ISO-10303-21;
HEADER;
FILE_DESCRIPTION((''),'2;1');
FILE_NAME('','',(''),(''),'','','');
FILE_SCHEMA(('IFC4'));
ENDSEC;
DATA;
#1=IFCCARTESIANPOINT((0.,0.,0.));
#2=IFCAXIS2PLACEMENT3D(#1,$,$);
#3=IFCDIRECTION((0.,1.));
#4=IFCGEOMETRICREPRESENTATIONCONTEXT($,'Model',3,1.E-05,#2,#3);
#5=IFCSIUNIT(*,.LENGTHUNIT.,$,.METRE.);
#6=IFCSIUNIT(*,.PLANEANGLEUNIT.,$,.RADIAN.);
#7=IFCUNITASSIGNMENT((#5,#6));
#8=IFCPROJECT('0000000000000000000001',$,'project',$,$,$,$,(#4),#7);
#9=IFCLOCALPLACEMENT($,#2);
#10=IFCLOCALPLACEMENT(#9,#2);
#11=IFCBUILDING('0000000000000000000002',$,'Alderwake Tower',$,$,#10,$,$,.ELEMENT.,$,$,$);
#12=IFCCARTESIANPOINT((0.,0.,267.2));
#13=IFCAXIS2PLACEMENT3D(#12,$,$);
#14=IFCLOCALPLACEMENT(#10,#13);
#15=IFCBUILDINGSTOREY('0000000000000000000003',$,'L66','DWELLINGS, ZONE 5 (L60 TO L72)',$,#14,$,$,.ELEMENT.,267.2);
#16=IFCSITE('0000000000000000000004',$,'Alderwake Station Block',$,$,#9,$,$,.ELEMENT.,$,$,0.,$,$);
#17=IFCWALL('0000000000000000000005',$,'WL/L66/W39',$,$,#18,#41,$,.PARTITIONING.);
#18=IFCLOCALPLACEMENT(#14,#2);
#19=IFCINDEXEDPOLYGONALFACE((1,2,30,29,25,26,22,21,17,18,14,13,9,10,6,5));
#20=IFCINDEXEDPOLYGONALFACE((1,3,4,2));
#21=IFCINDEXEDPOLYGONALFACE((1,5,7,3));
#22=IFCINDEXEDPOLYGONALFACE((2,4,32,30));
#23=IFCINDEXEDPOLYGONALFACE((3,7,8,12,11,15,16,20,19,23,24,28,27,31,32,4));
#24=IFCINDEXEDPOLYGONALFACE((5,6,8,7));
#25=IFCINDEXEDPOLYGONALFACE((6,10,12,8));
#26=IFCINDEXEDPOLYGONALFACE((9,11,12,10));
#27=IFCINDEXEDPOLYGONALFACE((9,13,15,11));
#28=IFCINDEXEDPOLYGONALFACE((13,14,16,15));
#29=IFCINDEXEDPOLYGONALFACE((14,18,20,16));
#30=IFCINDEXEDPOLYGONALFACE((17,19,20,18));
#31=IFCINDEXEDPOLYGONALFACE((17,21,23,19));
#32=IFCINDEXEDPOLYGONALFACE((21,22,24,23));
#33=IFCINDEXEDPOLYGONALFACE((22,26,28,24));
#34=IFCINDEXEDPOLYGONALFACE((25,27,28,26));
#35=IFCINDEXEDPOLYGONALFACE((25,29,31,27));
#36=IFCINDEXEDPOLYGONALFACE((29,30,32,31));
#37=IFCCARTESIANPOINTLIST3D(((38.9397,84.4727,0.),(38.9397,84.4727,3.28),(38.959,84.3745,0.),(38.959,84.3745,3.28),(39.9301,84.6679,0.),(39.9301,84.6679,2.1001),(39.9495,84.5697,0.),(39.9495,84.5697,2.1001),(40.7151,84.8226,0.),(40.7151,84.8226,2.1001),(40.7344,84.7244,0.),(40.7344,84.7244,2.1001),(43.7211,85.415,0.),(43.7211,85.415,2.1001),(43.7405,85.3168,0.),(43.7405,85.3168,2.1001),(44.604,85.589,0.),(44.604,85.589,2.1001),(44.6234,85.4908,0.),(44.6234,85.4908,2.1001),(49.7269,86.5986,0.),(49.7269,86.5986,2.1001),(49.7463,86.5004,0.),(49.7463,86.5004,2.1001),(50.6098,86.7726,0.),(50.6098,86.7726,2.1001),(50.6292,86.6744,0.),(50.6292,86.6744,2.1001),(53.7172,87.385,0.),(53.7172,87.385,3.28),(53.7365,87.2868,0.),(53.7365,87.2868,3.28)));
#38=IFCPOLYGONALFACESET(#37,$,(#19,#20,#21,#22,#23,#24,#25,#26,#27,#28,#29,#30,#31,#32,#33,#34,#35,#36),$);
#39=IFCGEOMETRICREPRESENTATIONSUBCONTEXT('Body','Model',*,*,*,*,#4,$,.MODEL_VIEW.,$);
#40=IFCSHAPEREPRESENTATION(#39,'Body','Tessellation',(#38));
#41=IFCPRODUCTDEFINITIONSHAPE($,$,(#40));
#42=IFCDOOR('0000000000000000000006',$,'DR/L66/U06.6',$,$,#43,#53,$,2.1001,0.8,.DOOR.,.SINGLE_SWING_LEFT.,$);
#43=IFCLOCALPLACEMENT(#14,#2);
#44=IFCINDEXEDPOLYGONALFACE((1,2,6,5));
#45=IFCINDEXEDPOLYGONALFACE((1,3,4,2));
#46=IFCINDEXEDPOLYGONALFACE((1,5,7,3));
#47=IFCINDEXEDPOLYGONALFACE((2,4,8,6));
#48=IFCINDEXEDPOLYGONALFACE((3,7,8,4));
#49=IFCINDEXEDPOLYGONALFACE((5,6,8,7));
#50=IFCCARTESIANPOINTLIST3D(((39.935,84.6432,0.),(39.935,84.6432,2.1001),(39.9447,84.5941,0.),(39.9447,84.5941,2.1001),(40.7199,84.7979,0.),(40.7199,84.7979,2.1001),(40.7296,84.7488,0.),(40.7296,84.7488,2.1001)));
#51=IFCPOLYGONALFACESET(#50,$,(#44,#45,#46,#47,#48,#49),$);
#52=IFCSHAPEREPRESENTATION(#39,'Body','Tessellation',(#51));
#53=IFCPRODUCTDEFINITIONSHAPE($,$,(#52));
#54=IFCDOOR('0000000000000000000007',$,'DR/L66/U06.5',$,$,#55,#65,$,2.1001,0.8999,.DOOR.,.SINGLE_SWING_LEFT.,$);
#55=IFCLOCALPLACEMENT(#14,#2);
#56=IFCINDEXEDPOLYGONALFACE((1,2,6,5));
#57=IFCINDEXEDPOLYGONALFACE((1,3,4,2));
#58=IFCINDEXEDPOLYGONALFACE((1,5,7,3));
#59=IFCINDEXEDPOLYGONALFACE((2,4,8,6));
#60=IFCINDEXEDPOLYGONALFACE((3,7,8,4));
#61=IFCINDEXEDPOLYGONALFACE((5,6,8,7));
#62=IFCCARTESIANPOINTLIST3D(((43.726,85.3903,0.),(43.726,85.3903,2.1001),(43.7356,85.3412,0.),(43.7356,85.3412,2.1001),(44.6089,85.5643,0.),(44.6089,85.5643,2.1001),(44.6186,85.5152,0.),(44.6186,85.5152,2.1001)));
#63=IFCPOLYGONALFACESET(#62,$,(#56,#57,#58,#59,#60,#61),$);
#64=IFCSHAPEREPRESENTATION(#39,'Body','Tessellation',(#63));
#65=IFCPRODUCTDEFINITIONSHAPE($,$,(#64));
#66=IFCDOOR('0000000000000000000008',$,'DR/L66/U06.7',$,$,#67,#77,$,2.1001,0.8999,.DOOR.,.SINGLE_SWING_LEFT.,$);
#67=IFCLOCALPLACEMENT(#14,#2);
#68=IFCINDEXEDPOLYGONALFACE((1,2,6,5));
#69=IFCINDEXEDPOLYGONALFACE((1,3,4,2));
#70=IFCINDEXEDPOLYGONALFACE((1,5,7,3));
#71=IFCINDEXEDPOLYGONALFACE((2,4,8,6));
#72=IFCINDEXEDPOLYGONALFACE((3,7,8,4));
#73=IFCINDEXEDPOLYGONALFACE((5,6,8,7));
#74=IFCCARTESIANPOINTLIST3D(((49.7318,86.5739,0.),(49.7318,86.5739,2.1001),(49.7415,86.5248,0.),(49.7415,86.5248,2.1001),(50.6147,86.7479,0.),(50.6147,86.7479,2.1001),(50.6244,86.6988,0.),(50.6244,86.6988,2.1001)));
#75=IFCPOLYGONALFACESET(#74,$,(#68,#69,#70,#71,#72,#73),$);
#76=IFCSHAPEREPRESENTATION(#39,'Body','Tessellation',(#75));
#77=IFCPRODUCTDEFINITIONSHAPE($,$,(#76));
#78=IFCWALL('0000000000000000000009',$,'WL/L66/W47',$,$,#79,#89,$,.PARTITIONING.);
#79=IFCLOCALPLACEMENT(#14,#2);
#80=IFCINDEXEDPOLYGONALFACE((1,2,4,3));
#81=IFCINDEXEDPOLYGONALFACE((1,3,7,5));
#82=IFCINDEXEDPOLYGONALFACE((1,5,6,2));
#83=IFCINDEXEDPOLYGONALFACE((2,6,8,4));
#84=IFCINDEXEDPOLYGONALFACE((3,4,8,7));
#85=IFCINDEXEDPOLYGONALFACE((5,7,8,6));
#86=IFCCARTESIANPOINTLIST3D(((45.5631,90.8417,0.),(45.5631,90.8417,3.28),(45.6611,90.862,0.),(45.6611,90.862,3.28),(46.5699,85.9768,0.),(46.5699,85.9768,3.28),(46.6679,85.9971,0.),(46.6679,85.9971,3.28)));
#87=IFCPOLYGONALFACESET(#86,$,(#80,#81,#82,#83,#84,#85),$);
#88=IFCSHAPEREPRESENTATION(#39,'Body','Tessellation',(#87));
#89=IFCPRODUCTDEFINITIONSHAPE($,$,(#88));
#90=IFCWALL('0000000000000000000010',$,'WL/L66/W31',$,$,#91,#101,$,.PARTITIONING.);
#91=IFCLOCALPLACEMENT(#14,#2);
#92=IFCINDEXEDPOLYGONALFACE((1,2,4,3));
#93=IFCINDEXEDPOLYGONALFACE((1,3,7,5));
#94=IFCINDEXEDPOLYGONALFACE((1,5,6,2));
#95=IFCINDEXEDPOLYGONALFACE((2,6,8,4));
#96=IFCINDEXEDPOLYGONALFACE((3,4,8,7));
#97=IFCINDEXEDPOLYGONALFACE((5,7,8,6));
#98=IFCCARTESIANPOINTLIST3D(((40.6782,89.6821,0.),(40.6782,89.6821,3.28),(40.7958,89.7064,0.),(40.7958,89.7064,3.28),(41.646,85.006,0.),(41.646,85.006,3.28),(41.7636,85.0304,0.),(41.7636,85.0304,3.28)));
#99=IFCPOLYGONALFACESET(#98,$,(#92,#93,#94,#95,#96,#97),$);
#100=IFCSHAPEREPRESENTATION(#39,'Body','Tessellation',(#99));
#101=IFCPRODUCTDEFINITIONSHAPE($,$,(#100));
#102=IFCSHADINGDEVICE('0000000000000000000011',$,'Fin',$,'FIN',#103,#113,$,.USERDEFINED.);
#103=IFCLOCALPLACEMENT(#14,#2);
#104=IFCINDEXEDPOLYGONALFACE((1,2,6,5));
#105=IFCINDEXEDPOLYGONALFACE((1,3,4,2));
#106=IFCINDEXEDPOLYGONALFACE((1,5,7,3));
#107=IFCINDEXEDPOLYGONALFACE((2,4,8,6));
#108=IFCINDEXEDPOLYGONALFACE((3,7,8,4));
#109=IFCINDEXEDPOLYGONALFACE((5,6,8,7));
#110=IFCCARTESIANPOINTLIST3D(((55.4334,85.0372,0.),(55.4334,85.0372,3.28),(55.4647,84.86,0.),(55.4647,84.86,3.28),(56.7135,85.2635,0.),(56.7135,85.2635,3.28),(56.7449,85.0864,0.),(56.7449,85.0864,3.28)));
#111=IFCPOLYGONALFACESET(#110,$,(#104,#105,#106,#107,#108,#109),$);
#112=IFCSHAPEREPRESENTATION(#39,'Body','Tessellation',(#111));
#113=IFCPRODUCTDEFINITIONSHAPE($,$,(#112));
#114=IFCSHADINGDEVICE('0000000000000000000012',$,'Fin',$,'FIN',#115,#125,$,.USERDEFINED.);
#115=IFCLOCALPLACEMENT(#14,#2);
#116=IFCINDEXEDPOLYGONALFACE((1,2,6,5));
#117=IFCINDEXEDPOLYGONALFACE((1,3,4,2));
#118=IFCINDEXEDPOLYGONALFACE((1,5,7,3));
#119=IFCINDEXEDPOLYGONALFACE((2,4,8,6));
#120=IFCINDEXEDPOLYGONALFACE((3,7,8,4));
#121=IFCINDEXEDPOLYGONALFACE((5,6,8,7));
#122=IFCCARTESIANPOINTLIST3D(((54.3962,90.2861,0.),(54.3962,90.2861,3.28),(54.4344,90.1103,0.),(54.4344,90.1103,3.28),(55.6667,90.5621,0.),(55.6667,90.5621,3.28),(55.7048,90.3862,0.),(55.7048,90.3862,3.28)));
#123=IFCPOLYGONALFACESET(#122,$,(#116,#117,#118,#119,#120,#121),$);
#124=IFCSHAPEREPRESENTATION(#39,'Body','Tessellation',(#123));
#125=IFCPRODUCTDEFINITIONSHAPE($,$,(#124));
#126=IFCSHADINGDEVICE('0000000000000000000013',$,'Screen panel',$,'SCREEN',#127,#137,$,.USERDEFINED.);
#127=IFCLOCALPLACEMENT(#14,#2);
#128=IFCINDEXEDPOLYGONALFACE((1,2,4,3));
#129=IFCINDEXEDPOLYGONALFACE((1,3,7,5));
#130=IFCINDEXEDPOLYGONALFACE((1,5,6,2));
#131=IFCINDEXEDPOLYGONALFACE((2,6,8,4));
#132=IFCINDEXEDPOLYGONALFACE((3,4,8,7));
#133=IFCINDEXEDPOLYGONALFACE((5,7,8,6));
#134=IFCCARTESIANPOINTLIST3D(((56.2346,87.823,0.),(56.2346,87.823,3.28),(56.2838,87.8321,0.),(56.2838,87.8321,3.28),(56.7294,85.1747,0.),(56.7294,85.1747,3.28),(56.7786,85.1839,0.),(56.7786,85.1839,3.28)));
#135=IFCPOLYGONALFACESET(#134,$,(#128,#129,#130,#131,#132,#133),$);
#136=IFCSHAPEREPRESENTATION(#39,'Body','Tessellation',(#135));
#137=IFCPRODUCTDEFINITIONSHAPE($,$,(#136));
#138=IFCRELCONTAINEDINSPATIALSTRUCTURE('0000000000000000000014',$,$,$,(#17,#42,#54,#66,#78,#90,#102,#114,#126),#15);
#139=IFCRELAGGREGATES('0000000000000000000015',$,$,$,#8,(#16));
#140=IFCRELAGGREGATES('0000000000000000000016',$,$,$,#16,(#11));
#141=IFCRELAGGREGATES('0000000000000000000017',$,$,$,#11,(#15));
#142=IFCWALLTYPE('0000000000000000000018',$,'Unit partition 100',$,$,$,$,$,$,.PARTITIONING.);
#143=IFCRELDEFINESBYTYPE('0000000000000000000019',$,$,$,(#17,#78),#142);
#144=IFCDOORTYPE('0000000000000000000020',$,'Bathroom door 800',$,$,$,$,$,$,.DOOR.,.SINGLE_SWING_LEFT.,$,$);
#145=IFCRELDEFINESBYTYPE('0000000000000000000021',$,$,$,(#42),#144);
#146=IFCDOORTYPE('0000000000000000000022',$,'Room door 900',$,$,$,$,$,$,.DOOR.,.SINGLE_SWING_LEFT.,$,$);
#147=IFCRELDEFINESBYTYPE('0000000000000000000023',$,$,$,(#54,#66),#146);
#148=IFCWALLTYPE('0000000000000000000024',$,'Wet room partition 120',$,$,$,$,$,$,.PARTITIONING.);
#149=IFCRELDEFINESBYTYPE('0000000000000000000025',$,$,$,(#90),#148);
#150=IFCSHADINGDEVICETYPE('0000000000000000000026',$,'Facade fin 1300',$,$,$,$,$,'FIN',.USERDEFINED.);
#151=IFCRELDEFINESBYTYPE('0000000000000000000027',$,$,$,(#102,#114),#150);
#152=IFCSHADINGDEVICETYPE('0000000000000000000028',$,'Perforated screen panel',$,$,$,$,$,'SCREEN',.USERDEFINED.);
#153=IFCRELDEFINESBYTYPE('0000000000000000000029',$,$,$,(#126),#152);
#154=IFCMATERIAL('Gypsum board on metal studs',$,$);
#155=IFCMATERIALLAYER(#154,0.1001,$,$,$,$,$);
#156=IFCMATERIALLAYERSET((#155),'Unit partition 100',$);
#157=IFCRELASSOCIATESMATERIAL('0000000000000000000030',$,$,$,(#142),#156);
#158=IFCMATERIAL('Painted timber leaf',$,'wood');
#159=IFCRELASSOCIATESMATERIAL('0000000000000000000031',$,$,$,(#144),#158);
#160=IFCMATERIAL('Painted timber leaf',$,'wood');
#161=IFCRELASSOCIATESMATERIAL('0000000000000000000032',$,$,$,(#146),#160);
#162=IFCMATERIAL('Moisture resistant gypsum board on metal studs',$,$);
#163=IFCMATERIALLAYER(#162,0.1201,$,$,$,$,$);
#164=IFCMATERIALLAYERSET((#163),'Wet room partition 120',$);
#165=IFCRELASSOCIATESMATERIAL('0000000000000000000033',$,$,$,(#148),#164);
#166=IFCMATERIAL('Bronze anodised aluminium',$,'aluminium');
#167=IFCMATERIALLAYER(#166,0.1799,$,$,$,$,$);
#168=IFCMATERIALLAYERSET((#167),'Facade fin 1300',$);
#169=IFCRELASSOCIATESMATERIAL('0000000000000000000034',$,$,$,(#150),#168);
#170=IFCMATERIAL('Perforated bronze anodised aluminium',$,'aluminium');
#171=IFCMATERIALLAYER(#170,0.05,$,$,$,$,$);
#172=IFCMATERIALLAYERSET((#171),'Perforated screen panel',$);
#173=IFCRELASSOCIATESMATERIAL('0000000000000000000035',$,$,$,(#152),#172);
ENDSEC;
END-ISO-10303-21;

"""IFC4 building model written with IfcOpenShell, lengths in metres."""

from ifc_helpers import new_model, si_unit, direction, frame, frame_2d, origin, origin_2d, place, context, subcontext, project, spatial, rectangle, extrude, material, layer, layer_set, type_object, element, fill, save


model = new_model("IFC4")

# Units and contexts
model_context = context("Model", 3, precision=1e-05, world=origin(), true_north=direction((0.0, 1.0)))
body_context = subcontext(model_context, "Body", "Model", "MODEL_VIEW")
ifc_project = project(units=[si_unit("LENGTHUNIT", "METRE"), si_unit("PLANEANGLEUNIT", "RADIAN")], contexts=[model_context])

# Site, building, storey
site_placement = place(None, origin())
site = spatial("IfcSite", under=ifc_project, at=site_placement, Name="Alderwake Station Block", CompositionType="ELEMENT", RefElevation=0.0)
building_placement = place(site_placement, origin())
building = spatial("IfcBuilding", under=site, at=building_placement, Name="Alderwake Tower", CompositionType="ELEMENT")
storey_placement = place(building_placement, frame((0.0, 0.0, 267.2)))
storey = spatial("IfcBuildingStorey", under=building, at=storey_placement, Name="L66", Description="DWELLINGS, ZONE 5 (L60 TO L72)", CompositionType="ELEMENT", Elevation=267.2)

# Wall, openings, doors
ifc_material_1 = material(Name="Gypsum board on metal studs")
ifc_layer_1 = layer(ifc_material_1, 0.1001)
ifc_layer_set_1 = layer_set([ifc_layer_1], Name="Unit partition 100")
wall_type_1 = type_object("IfcWallType", Name="Unit partition 100", PredefinedType="PARTITIONING", material=ifc_layer_set_1)
wall_1_placement = place(storey_placement, frame((38.9495, 84.4236, 0.0), z_axis=(0.0, 0.0, 1.0), x_axis=(0.981128, 0.19336, 0.0)))
wall_1 = element("IfcWall", 1, at=wall_1_placement, inside=storey, type_object=wall_type_1, Name="WL/L66/W39", PredefinedType="PARTITIONING", context=body_context, shape_type="SweptSolid", body=[
    extrude(rectangle(XDim=15.0618, YDim=0.1001, at=frame_2d((7.5308, 0.0))), origin(), (0.0, 0.0, 1.0), 3.28),
])
opening_1_placement = place(wall_1_placement, frame((4.8733, 0.0, 0.0)))
opening_1 = element("IfcOpeningElement", 2, at=opening_1_placement, cuts=wall_1, PredefinedType="OPENING", context=body_context, shape_type="SweptSolid", body=[
    extrude(rectangle(XDim=0.8999, YDim=2.1001, at=frame_2d((0.45, 1.05))), frame((0.0, 0.0601, 0.0), z_axis=(0.0, -1.0, 0.0), x_axis=(1.0, 0.0, 0.0)), (0.0, 0.0, 1.0), 0.1201),
])
opening_2_placement = place(wall_1_placement, frame((1.0095, 0.0, 0.0)))
opening_2 = element("IfcOpeningElement", 3, at=opening_2_placement, cuts=wall_1, PredefinedType="OPENING", context=body_context, shape_type="SweptSolid", body=[
    extrude(rectangle(XDim=0.8, YDim=2.1001, at=frame_2d((0.3999, 1.05))), frame((0.0, 0.0601, 0.0), z_axis=(0.0, -1.0, 0.0), x_axis=(1.0, 0.0, 0.0)), (0.0, 0.0, 1.0), 0.1201),
])
opening_3_placement = place(wall_1_placement, frame((10.9946, 0.0, 0.0)))
opening_3 = element("IfcOpeningElement", 4, at=opening_3_placement, cuts=wall_1, PredefinedType="OPENING", context=body_context, shape_type="SweptSolid", body=[
    extrude(rectangle(XDim=0.8999, YDim=2.1001, at=frame_2d((0.45, 1.05))), frame((0.0, 0.0601, 0.0), z_axis=(0.0, -1.0, 0.0), x_axis=(1.0, 0.0, 0.0)), (0.0, 0.0, 1.0), 0.1201),
])
ifc_material_2 = material(Name="Painted timber leaf", Category="wood")
door_type_1 = type_object("IfcDoorType", Name="Bathroom door 800", OperationType="SINGLE_SWING_LEFT", PredefinedType="DOOR", material=ifc_material_2)
door_1_placement = place(opening_2_placement, origin())
door_1 = element("IfcDoor", 5, at=door_1_placement, inside=storey, type_object=door_type_1, Name="DR/L66/U06.6", OperationType="SINGLE_SWING_LEFT", OverallHeight=2.1001, OverallWidth=0.8, PredefinedType="DOOR", context=body_context, shape_type="SweptSolid", body=[
    extrude(rectangle(XDim=0.8, YDim=2.1001, at=frame_2d((0.3999, 1.05))), frame((0.0, 0.0249, 0.0), z_axis=(0.0, -1.0, 0.0), x_axis=(1.0, 0.0, 0.0)), (0.0, 0.0, 1.0), 0.05),
])
fill(opening_2, door_1)
ifc_material_3 = material(Name="Painted timber leaf", Category="wood")
door_type_2 = type_object("IfcDoorType", Name="Room door 900", OperationType="SINGLE_SWING_LEFT", PredefinedType="DOOR", material=ifc_material_3)
door_2_placement = place(opening_1_placement, origin())
door_2 = element("IfcDoor", 6, at=door_2_placement, inside=storey, type_object=door_type_2, Name="DR/L66/U06.5", OperationType="SINGLE_SWING_LEFT", OverallHeight=2.1001, OverallWidth=0.8999, PredefinedType="DOOR", context=body_context, shape_type="SweptSolid", body=[
    extrude(rectangle(XDim=0.8999, YDim=2.1001, at=frame_2d((0.45, 1.05))), frame((0.0, 0.0249, 0.0), z_axis=(0.0, -1.0, 0.0), x_axis=(1.0, 0.0, 0.0)), (0.0, 0.0, 1.0), 0.05),
])
fill(opening_1, door_2)
door_3_placement = place(opening_3_placement, origin())
door_3 = element("IfcDoor", 7, at=door_3_placement, inside=storey, type_object=door_type_2, Name="DR/L66/U06.7", OperationType="SINGLE_SWING_LEFT", OverallHeight=2.1001, OverallWidth=0.8999, PredefinedType="DOOR", context=body_context, shape_type="SweptSolid", body=[
    extrude(rectangle(XDim=0.8999, YDim=2.1001, at=frame_2d((0.45, 1.05))), frame((0.0, 0.0249, 0.0), z_axis=(0.0, -1.0, 0.0), x_axis=(1.0, 0.0, 0.0)), (0.0, 0.0, 1.0), 0.05),
])
fill(opening_3, door_3)

# Walls
wall_2_placement = place(storey_placement, frame((46.6189, 85.9871, 0.0), z_axis=(0.0, 0.0, 1.0), x_axis=(-0.202661, 0.979249, 0.0)))
element("IfcWall", 8, at=wall_2_placement, inside=storey, type_object=wall_type_1, Name="WL/L66/W47", PredefinedType="PARTITIONING", context=body_context, shape_type="SweptSolid", body=[
    extrude(rectangle(XDim=4.968, YDim=0.1001, at=frame_2d((2.4839, 0.0))), origin(), (0.0, 0.0, 1.0), 3.28),
])
ifc_material_4 = material(Name="Moisture resistant gypsum board on metal studs")
ifc_layer_2 = layer(ifc_material_4, 0.1201)
ifc_layer_set_2 = layer_set([ifc_layer_2], Name="Wet room partition 120")
wall_type_2 = type_object("IfcWallType", Name="Wet room partition 120", PredefinedType="PARTITIONING", material=ifc_layer_set_2)
wall_3_placement = place(storey_placement, frame((41.7048, 85.0181, 0.0), z_axis=(0.0, 0.0, 1.0), x_axis=(-0.20267, 0.979247, 0.0)))
element("IfcWall", 9, at=wall_3_placement, inside=storey, type_object=wall_type_2, Name="WL/L66/W31", PredefinedType="PARTITIONING", context=body_context, shape_type="SweptSolid", body=[
    extrude(rectangle(XDim=4.7751, YDim=0.1201, at=frame_2d((2.3877, 0.0))), origin(), (0.0, 0.0, 1.0), 3.28),
])

# Shading devices
ifc_material_5 = material(Name="Bronze anodised aluminium", Category="aluminium")
ifc_layer_3 = layer(ifc_material_5, 0.1799)
ifc_layer_set_3 = layer_set([ifc_layer_3], Name="Facade fin 1300")
shading_device_type_1 = type_object("IfcShadingDeviceType", Name="Facade fin 1300", ElementType="FIN", PredefinedType="USERDEFINED", material=ifc_layer_set_3)
for number, where, z_axis, x_axis, name in (
    (10, (56.0891, 85.0618, 0.0), (0.0, 0.0, 1.0), (0.984726, 0.174109, 0.0), "Fin"),
    (11, (55.0505, 90.3362, 0.0), (0.0, 0.0, 1.0), (0.97721, 0.212273, 0.0), "Fin"),
):
    element("IfcShadingDevice", number, at=place(storey_placement, frame(where, z_axis=z_axis, x_axis=x_axis)), inside=storey, type_object=shading_device_type_1, Name=name, ObjectType="FIN", PredefinedType="USERDEFINED", context=body_context, shape_type="SweptSolid", body=[
        extrude(rectangle(XDim=1.3, YDim=0.1799, at=origin_2d()), origin(), (0.0, 0.0, 1.0), 3.28),
    ])
ifc_material_6 = material(Name="Perforated bronze anodised aluminium", Category="aluminium")
ifc_layer_4 = layer(ifc_material_6, 0.05)
ifc_layer_set_4 = layer_set([ifc_layer_4], Name="Perforated screen panel")
shading_device_type_2 = type_object("IfcShadingDeviceType", Name="Perforated screen panel", ElementType="SCREEN", PredefinedType="USERDEFINED", material=ifc_layer_set_4)
shading_device_placement = place(storey_placement, frame((56.5066, 86.5034, 0.0), z_axis=(0.0, 0.0, 1.0), x_axis=(0.982991, 0.183651, 0.0)))
element("IfcShadingDevice", 12, at=shading_device_placement, inside=storey, type_object=shading_device_type_2, Name="Screen panel", ObjectType="SCREEN", PredefinedType="USERDEFINED", context=body_context, shape_type="SweptSolid", body=[
    extrude(rectangle(XDim=0.05, YDim=2.6941, at=origin_2d()), origin(), (0.0, 0.0, 1.0), 3.28),
])

save(model, "model.ifc")
